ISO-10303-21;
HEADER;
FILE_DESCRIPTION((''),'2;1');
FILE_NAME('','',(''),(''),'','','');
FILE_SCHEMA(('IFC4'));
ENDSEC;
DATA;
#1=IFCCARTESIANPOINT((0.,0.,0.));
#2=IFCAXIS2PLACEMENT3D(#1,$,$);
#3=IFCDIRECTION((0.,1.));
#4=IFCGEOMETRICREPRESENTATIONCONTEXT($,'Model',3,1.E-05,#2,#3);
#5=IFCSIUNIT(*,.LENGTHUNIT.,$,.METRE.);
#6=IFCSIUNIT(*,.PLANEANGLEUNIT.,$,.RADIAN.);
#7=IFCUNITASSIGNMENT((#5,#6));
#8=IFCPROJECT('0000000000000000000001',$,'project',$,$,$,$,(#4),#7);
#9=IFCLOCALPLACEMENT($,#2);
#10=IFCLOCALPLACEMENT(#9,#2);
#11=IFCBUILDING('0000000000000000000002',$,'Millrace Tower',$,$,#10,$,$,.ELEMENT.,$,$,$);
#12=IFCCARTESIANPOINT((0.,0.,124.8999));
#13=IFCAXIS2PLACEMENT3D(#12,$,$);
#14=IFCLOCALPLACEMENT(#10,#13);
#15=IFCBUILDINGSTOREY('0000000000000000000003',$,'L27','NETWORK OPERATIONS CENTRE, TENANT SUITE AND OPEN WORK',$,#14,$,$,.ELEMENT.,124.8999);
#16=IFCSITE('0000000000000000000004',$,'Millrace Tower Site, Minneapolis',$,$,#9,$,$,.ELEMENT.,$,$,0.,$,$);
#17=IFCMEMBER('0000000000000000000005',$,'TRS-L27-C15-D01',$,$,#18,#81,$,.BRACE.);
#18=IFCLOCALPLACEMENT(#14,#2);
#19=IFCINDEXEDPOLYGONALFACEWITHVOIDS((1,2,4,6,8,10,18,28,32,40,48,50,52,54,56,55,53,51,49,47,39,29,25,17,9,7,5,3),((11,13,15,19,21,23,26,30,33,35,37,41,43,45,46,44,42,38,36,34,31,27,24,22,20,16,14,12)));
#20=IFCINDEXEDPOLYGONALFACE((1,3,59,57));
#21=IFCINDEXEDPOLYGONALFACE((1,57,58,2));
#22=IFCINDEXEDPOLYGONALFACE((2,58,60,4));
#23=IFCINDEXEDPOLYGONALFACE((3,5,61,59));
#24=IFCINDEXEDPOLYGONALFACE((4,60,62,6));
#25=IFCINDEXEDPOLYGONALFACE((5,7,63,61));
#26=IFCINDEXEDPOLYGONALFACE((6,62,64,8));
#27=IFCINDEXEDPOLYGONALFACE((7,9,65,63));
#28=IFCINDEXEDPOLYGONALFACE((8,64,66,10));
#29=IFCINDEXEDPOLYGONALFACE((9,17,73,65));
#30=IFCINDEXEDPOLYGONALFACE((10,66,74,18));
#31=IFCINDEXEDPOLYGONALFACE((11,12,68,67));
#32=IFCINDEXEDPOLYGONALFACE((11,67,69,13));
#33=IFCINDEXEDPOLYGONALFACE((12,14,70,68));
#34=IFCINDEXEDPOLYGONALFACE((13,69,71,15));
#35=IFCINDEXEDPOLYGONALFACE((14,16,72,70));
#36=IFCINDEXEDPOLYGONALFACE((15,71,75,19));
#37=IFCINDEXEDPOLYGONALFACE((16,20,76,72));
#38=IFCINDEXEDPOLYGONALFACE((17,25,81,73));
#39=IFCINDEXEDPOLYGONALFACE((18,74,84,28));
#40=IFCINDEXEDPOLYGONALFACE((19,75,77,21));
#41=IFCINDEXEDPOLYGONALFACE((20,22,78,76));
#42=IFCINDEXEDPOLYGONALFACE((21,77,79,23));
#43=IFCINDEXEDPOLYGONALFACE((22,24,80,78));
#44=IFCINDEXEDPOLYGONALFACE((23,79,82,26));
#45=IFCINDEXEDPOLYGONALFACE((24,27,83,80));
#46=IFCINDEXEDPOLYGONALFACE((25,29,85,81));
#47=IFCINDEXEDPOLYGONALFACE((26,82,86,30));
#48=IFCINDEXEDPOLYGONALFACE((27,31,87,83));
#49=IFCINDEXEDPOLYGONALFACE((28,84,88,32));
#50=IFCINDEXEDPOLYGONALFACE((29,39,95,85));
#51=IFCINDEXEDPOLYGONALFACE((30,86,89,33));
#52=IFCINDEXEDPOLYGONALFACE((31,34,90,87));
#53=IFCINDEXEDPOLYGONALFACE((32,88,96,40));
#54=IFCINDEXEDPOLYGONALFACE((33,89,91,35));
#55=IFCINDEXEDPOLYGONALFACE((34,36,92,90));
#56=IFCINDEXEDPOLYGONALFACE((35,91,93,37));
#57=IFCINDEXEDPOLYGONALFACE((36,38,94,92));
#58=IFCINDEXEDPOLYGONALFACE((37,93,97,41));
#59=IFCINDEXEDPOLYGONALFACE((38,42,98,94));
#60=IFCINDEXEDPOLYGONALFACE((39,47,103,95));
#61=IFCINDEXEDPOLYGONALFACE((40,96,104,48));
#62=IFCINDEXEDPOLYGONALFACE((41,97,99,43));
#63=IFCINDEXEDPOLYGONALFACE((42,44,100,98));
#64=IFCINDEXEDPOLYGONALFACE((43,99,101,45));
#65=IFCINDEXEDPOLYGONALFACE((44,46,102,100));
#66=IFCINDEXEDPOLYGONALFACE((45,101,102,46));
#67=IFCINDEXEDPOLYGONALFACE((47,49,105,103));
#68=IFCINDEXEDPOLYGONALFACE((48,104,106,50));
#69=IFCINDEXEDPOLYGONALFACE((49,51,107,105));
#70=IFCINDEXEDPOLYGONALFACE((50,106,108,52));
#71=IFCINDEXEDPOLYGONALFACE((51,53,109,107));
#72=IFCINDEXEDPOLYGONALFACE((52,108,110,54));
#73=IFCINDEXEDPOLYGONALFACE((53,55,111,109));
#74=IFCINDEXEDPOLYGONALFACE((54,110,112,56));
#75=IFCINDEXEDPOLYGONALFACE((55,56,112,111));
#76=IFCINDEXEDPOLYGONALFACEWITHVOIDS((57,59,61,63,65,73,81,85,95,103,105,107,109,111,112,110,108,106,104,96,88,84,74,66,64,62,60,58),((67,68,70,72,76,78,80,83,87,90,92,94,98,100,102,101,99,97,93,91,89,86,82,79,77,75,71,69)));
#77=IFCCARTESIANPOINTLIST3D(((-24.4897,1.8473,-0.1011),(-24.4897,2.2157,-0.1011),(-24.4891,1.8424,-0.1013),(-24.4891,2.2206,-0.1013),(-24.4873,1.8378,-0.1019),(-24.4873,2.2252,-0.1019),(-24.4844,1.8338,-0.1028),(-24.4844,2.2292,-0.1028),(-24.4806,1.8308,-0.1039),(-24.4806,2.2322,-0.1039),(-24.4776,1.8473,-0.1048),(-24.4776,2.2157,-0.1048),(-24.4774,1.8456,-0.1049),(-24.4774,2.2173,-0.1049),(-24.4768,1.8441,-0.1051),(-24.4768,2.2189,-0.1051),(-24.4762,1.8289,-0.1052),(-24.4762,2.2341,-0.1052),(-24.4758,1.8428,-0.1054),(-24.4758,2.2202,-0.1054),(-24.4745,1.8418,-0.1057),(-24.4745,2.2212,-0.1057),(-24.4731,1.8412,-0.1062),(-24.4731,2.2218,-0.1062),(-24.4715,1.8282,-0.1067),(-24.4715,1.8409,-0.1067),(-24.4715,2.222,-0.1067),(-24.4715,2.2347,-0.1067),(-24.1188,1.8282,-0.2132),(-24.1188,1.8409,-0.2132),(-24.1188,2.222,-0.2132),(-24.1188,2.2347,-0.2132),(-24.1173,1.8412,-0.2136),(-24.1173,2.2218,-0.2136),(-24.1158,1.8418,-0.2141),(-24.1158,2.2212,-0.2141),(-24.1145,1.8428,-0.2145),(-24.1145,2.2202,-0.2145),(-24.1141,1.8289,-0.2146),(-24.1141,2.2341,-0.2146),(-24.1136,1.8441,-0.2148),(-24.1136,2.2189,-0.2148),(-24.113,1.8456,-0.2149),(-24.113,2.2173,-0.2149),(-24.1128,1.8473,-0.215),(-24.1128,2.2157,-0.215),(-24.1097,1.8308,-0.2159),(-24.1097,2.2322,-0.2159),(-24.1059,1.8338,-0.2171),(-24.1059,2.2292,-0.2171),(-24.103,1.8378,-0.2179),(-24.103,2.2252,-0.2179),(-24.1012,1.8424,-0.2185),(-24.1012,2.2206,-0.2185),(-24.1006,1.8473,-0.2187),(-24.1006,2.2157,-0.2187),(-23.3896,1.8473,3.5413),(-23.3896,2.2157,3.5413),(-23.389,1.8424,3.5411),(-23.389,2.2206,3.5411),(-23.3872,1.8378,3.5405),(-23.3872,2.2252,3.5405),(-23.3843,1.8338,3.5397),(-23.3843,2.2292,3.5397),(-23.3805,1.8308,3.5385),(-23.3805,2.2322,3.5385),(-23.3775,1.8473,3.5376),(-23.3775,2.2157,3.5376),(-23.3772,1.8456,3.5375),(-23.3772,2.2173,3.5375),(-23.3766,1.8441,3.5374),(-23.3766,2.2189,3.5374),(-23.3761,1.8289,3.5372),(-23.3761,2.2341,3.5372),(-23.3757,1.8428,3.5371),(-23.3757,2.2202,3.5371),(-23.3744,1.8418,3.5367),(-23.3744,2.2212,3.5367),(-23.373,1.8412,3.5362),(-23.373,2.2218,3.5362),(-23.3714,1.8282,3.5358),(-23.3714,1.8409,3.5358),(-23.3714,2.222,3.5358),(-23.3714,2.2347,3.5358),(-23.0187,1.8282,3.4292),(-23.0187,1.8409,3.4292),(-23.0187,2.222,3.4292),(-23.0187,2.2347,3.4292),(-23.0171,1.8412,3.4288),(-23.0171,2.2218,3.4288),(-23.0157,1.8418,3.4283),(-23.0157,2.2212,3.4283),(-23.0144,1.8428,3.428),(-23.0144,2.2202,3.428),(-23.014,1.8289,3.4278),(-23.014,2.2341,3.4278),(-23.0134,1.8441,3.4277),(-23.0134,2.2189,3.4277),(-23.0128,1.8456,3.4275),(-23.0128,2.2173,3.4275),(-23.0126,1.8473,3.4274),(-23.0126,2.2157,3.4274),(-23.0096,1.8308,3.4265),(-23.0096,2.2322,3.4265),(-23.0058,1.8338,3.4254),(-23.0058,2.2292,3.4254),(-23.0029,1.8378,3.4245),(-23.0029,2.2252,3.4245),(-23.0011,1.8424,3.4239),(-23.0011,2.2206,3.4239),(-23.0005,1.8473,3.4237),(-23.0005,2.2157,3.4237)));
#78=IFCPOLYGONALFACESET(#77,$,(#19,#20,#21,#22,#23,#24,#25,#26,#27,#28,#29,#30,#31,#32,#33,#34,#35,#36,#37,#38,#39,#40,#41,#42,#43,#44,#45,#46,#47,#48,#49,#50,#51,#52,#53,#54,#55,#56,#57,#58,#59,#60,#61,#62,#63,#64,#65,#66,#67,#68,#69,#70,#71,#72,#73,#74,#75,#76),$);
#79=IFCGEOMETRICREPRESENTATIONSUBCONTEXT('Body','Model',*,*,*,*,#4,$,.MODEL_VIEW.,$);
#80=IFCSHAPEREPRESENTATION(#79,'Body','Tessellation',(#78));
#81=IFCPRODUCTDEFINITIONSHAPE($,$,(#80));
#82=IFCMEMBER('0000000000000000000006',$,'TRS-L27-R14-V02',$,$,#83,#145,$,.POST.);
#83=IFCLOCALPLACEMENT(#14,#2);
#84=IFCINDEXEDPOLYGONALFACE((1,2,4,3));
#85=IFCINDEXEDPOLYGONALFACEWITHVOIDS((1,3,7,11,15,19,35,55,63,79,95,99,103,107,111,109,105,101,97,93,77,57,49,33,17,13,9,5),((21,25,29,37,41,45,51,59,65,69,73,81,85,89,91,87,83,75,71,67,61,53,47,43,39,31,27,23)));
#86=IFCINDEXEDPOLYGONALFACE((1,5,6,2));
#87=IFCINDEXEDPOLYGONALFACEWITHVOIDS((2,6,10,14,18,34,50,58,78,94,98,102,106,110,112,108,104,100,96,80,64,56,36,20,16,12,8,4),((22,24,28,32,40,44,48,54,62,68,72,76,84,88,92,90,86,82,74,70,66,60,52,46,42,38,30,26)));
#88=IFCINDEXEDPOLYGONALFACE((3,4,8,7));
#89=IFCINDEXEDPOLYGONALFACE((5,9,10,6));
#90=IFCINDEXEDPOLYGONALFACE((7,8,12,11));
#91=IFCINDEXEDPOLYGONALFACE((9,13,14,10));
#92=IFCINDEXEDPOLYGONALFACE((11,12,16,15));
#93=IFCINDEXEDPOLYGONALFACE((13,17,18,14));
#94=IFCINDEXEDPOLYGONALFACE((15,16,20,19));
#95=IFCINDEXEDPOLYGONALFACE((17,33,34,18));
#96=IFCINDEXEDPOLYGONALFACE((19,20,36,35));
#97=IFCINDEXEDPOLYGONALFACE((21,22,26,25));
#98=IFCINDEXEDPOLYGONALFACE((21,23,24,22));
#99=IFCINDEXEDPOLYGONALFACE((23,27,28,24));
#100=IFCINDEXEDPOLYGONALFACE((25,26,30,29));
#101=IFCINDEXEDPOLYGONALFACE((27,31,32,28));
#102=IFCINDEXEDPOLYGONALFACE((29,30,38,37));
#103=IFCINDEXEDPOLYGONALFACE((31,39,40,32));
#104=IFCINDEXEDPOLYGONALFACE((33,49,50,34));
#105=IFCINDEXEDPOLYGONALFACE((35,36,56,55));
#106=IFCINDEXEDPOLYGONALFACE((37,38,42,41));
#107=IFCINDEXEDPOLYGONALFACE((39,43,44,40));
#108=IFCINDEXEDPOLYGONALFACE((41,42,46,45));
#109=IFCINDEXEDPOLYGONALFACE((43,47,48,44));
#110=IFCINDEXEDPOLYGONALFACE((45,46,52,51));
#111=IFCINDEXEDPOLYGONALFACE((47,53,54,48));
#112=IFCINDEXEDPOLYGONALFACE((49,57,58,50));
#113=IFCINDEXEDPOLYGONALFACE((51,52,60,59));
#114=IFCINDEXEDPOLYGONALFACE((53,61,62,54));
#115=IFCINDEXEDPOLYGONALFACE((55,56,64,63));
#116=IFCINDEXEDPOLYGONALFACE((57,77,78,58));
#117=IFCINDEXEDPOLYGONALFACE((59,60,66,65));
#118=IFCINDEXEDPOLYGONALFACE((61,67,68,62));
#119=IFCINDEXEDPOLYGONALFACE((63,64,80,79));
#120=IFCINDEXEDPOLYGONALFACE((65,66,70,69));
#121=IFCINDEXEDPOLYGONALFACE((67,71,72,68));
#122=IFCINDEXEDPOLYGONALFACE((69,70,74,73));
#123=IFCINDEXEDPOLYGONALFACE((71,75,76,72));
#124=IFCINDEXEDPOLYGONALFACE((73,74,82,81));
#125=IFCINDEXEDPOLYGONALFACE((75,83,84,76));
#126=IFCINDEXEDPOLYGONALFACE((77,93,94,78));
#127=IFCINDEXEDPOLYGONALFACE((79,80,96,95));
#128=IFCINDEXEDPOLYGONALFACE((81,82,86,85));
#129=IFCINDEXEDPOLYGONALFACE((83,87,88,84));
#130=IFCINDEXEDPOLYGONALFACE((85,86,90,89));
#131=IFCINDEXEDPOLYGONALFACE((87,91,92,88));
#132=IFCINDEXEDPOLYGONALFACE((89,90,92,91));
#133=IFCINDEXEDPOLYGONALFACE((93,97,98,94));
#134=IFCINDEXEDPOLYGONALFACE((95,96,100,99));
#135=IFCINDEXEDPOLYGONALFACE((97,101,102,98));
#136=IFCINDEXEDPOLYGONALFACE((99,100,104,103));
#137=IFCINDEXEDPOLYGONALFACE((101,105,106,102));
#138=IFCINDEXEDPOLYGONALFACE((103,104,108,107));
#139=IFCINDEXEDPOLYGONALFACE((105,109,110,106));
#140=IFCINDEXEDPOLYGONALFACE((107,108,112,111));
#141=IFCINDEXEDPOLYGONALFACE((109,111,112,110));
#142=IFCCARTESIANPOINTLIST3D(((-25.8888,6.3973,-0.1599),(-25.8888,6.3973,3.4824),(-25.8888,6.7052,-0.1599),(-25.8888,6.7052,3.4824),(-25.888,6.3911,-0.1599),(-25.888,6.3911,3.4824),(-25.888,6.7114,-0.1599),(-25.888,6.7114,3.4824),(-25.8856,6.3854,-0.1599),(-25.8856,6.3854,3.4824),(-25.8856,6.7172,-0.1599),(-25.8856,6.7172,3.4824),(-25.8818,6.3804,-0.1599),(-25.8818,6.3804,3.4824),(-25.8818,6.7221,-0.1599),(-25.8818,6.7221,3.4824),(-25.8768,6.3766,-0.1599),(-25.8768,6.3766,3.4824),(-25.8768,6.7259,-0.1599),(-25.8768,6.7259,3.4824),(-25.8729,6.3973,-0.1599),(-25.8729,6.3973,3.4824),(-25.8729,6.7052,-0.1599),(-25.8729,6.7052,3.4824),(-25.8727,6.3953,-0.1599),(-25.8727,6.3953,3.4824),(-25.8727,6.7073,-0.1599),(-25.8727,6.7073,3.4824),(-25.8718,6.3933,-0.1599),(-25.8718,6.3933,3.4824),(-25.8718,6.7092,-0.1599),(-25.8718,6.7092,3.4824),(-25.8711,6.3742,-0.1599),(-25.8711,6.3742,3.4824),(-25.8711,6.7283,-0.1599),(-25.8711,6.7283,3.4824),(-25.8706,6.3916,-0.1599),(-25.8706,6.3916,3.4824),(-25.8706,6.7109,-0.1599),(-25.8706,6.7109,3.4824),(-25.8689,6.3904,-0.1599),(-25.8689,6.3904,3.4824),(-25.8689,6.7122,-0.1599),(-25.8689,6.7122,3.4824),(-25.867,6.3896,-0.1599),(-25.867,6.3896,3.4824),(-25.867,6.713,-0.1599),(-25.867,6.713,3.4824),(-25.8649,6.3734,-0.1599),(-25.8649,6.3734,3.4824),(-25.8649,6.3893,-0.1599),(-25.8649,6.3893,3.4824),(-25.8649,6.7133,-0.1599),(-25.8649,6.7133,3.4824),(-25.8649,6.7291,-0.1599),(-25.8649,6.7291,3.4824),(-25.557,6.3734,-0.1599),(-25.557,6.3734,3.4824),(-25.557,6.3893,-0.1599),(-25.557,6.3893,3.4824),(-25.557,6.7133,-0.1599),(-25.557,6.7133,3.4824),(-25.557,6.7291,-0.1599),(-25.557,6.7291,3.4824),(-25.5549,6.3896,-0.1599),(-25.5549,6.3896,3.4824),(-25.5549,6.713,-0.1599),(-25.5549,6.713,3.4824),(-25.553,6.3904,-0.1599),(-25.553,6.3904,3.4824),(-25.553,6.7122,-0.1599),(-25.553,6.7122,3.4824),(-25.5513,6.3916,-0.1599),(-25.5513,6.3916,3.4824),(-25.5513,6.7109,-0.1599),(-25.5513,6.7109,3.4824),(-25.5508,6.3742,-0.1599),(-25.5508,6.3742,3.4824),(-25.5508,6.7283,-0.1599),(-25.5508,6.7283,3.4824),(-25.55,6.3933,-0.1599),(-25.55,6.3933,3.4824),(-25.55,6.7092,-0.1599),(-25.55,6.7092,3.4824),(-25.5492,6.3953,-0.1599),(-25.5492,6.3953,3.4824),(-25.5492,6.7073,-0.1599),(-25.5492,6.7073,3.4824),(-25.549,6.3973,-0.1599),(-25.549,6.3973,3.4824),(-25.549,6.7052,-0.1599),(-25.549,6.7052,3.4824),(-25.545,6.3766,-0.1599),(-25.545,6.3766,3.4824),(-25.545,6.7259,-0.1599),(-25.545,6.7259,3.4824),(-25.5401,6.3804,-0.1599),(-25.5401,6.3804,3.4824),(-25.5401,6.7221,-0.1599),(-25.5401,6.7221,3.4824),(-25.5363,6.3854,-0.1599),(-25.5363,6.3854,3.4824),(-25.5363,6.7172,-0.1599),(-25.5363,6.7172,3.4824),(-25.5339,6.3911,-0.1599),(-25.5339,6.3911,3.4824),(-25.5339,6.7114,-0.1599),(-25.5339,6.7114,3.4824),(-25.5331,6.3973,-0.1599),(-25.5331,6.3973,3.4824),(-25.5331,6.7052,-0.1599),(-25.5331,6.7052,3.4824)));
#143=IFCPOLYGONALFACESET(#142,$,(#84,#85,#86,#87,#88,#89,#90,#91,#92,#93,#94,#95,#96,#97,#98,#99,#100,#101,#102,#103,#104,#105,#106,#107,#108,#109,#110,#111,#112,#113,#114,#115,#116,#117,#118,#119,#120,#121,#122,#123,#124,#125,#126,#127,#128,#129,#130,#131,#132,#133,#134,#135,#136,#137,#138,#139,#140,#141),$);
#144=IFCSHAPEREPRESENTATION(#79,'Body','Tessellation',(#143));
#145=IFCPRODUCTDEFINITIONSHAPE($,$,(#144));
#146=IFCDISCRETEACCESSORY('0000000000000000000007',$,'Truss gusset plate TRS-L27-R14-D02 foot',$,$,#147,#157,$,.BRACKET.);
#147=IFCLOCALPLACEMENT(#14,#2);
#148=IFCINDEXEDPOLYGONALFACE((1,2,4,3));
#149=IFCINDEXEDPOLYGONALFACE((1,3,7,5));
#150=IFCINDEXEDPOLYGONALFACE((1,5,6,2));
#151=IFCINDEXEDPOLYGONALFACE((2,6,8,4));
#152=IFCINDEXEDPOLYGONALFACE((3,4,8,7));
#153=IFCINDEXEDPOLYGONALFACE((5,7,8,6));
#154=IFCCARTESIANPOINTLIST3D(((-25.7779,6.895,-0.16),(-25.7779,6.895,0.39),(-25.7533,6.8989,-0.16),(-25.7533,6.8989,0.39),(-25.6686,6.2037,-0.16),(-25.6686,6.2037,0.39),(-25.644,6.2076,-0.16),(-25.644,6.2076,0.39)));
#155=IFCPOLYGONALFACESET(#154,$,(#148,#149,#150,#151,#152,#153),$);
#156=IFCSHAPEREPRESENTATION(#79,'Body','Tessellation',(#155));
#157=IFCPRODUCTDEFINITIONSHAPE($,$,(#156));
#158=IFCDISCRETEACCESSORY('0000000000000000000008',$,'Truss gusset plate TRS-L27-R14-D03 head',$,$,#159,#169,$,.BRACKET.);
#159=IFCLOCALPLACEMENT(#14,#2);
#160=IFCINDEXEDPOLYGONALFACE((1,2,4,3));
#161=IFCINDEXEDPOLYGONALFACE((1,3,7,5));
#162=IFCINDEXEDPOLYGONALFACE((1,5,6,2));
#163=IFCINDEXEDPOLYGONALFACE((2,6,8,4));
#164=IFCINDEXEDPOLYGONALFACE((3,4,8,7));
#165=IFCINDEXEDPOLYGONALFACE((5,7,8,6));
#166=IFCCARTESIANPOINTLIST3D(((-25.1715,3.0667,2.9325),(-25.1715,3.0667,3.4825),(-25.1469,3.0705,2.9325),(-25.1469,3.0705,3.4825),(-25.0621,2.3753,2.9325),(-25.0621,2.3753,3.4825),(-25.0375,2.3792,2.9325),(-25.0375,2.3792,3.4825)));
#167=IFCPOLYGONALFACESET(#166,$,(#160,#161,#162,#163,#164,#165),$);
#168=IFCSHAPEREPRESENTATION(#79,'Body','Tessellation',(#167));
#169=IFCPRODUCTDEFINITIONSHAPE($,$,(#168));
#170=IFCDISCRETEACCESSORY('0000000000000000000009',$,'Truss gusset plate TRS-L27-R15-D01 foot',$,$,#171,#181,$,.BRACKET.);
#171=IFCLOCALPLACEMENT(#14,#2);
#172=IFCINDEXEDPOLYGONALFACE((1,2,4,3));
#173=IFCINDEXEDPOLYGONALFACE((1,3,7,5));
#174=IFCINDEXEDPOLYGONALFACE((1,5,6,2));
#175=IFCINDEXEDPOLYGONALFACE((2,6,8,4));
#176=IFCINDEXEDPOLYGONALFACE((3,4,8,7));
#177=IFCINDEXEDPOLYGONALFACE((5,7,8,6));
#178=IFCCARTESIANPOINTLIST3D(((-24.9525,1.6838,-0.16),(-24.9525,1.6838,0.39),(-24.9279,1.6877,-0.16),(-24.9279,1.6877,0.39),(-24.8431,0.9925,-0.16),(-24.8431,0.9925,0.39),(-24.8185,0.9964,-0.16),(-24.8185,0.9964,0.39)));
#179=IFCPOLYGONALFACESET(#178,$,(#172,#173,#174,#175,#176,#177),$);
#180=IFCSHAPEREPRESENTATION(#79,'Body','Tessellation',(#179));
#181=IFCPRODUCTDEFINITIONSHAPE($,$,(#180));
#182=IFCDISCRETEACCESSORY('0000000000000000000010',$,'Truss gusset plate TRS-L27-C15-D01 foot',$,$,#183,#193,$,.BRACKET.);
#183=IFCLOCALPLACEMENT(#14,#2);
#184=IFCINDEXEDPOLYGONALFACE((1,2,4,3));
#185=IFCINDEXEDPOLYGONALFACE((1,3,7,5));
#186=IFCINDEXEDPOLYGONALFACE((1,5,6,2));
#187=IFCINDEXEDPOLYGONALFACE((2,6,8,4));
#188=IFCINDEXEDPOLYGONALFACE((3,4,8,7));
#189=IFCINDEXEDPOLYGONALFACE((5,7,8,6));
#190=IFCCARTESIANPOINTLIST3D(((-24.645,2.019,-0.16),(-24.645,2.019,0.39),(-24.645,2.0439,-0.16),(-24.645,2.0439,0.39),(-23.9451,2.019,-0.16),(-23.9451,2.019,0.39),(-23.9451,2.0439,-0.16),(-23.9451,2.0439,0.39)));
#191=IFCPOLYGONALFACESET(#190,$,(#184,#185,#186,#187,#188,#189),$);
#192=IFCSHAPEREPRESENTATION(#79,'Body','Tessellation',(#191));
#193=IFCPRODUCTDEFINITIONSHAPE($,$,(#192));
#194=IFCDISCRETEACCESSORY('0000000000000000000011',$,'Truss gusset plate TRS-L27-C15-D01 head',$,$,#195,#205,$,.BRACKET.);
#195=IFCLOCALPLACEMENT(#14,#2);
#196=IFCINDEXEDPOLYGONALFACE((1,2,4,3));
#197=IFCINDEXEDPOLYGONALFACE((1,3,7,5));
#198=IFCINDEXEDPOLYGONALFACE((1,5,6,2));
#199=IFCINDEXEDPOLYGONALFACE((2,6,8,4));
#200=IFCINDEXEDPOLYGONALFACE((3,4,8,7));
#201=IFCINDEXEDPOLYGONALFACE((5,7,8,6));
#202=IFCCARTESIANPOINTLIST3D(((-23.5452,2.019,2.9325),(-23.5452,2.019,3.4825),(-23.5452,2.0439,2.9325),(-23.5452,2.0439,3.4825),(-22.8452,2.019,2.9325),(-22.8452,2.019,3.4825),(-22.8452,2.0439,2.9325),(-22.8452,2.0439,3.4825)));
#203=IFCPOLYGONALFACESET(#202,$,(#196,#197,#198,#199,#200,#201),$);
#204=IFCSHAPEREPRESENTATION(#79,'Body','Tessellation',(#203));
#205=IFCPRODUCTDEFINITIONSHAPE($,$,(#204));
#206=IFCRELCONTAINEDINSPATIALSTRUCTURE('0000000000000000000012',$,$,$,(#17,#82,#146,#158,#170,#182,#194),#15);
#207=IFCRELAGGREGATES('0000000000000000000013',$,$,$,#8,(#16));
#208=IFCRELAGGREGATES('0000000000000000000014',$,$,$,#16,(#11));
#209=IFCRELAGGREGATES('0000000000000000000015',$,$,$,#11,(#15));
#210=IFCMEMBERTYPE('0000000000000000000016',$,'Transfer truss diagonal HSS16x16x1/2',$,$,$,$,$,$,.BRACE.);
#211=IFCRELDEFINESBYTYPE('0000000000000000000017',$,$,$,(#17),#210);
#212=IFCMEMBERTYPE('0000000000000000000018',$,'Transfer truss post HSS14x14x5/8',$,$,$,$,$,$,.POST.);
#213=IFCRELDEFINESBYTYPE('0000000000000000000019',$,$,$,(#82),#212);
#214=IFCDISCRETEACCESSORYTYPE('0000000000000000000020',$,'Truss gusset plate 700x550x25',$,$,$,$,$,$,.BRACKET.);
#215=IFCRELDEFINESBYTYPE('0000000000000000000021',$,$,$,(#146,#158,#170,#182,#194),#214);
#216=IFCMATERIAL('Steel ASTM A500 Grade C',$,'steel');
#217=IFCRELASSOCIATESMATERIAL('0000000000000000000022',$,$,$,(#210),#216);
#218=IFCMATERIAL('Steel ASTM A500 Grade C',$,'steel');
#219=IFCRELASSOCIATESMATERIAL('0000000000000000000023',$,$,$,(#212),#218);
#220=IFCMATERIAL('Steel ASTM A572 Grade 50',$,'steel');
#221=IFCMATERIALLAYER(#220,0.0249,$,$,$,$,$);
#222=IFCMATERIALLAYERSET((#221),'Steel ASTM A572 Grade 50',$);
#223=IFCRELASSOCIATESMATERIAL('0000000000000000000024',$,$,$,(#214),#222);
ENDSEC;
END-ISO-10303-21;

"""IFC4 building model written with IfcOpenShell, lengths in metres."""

from ifc_helpers import new_model, si_unit, direction, frame, origin, origin_2d, place, context, subcontext, project, spatial, rectangle, hollow_rectangle, extrude, material, layer, layer_set, material_profile, profile_set, type_object, element, save


model = new_model("IFC4")

# Units and contexts
model_context = context("Model", 3, precision=1e-05, world=origin(), true_north=direction((0.0, 1.0)))
body_context = subcontext(model_context, "Body", "Model", "MODEL_VIEW")
ifc_project = project(units=[si_unit("LENGTHUNIT", "METRE"), si_unit("PLANEANGLEUNIT", "RADIAN")], contexts=[model_context])

# Site, building, storey
site_placement = place(None, origin())
site = spatial("IfcSite", under=ifc_project, at=site_placement, Name="Millrace Tower Site, Minneapolis", CompositionType="ELEMENT", RefElevation=0.0)
building_placement = place(site_placement, origin())
building = spatial("IfcBuilding", under=site, at=building_placement, Name="Millrace Tower", CompositionType="ELEMENT")
storey_placement = place(building_placement, frame((0.0, 0.0, 124.8999)))
storey = spatial("IfcBuildingStorey", under=building, at=storey_placement, Name="L27", Description="NETWORK OPERATIONS CENTRE, TENANT SUITE AND OPEN WORK", CompositionType="ELEMENT", Elevation=124.8999)

# Members
ifc_material_1 = material(Name="Steel ASTM A500 Grade C", Category="steel")
ifc_material_profile_1 = material_profile(ifc_material_1, hollow_rectangle(XDim=0.4065, YDim=0.4065, WallThickness=0.0127, InnerFilletRadius=0.0063, OuterFilletRadius=0.019, at=origin_2d()))
ifc_profile_set_1 = profile_set([ifc_material_profile_1], Name="Steel ASTM A500 Grade C")
member_type_1 = type_object("IfcMemberType", Name="Transfer truss diagonal HSS16x16x1/2", PredefinedType="BRACE", material=ifc_profile_set_1)
member_1_placement = place(storey_placement, frame((-24.2952, 2.0315, -0.1599), z_axis=(0.289131, 0.0, 0.95729), x_axis=(0.0, 1.0, 0.0)))
element("IfcMember", 1, at=member_1_placement, inside=storey, type_object=member_type_1, Name="TRS-L27-C15-D01", PredefinedType="BRACE", context=body_context, shape_type="SweptSolid", body=[
    extrude(hollow_rectangle(XDim=0.4065, YDim=0.4065, WallThickness=0.0127, InnerFilletRadius=0.0063, OuterFilletRadius=0.019, at=origin_2d()), origin(), (0.0, 0.0, 1.0), 3.8049),
])
ifc_material_2 = material(Name="Steel ASTM A500 Grade C", Category="steel")
ifc_material_profile_2 = material_profile(ifc_material_2, hollow_rectangle(XDim=0.3557, YDim=0.3557, WallThickness=0.0159, InnerFilletRadius=0.0081, OuterFilletRadius=0.0239, at=origin_2d()))
ifc_profile_set_2 = profile_set([ifc_material_profile_2], Name="Steel ASTM A500 Grade C")
member_type_2 = type_object("IfcMemberType", Name="Transfer truss post HSS14x14x5/8", PredefinedType="POST", material=ifc_profile_set_2)
member_2_placement = place(storey_placement, frame((-25.7109, 6.5513, -0.1599), z_axis=(0.0, 0.0, 1.0), x_axis=(1.0, 0.0, 0.0)))
element("IfcMember", 2, at=member_2_placement, inside=storey, type_object=member_type_2, Name="TRS-L27-R14-V02", PredefinedType="POST", context=body_context, shape_type="SweptSolid", body=[
    extrude(hollow_rectangle(XDim=0.3557, YDim=0.3557, WallThickness=0.0159, InnerFilletRadius=0.0081, OuterFilletRadius=0.0239, at=origin_2d()), origin(), (0.0, 0.0, 1.0), 3.6423),
])

# Discrete accessories
ifc_material_3 = material(Name="Steel ASTM A572 Grade 50", Category="steel")
ifc_layer_1 = layer(ifc_material_3, 0.0249)
ifc_layer_set_1 = layer_set([ifc_layer_1], Name="Steel ASTM A572 Grade 50")
discrete_accessory_type = type_object("IfcDiscreteAccessoryType", Name="Truss gusset plate 700x550x25", PredefinedType="BRACKET", material=ifc_layer_set_1)
for number, where, z_axis, x_axis, name in (
    (3, (-25.7656, 6.897, 0.115), (0.156249, -0.987718, 0.0), (0.987718, 0.156249, 0.0), "Truss gusset plate TRS-L27-R14-D02 foot"),
    (4, (-25.1592, 3.0686, 3.2075), (0.156249, -0.987718, 0.0), (0.987718, 0.156249, 0.0), "Truss gusset plate TRS-L27-R14-D03 head"),
    (5, (-24.9402, 1.6858, 0.115), (0.156249, -0.987718, 0.0), (0.987718, 0.156249, 0.0), "Truss gusset plate TRS-L27-R15-D01 foot"),
    (6, (-24.645, 2.0315, 0.115), (1.0, 0.0, 0.0), (0.0, 1.0, 0.0), "Truss gusset plate TRS-L27-C15-D01 foot"),
    (7, (-23.5452, 2.0315, 3.2075), (1.0, 0.0, 0.0), (0.0, 1.0, 0.0), "Truss gusset plate TRS-L27-C15-D01 head"),
):
    element("IfcDiscreteAccessory", number, at=place(storey_placement, frame(where, z_axis=z_axis, x_axis=x_axis)), inside=storey, type_object=discrete_accessory_type, Name=name, PredefinedType="BRACKET", context=body_context, shape_type="SweptSolid", body=[
        extrude(rectangle(XDim=0.0249, YDim=0.55, at=origin_2d()), origin(), (0.0, 0.0, 1.0), 0.7),
    ])

save(model, "model.ifc")
